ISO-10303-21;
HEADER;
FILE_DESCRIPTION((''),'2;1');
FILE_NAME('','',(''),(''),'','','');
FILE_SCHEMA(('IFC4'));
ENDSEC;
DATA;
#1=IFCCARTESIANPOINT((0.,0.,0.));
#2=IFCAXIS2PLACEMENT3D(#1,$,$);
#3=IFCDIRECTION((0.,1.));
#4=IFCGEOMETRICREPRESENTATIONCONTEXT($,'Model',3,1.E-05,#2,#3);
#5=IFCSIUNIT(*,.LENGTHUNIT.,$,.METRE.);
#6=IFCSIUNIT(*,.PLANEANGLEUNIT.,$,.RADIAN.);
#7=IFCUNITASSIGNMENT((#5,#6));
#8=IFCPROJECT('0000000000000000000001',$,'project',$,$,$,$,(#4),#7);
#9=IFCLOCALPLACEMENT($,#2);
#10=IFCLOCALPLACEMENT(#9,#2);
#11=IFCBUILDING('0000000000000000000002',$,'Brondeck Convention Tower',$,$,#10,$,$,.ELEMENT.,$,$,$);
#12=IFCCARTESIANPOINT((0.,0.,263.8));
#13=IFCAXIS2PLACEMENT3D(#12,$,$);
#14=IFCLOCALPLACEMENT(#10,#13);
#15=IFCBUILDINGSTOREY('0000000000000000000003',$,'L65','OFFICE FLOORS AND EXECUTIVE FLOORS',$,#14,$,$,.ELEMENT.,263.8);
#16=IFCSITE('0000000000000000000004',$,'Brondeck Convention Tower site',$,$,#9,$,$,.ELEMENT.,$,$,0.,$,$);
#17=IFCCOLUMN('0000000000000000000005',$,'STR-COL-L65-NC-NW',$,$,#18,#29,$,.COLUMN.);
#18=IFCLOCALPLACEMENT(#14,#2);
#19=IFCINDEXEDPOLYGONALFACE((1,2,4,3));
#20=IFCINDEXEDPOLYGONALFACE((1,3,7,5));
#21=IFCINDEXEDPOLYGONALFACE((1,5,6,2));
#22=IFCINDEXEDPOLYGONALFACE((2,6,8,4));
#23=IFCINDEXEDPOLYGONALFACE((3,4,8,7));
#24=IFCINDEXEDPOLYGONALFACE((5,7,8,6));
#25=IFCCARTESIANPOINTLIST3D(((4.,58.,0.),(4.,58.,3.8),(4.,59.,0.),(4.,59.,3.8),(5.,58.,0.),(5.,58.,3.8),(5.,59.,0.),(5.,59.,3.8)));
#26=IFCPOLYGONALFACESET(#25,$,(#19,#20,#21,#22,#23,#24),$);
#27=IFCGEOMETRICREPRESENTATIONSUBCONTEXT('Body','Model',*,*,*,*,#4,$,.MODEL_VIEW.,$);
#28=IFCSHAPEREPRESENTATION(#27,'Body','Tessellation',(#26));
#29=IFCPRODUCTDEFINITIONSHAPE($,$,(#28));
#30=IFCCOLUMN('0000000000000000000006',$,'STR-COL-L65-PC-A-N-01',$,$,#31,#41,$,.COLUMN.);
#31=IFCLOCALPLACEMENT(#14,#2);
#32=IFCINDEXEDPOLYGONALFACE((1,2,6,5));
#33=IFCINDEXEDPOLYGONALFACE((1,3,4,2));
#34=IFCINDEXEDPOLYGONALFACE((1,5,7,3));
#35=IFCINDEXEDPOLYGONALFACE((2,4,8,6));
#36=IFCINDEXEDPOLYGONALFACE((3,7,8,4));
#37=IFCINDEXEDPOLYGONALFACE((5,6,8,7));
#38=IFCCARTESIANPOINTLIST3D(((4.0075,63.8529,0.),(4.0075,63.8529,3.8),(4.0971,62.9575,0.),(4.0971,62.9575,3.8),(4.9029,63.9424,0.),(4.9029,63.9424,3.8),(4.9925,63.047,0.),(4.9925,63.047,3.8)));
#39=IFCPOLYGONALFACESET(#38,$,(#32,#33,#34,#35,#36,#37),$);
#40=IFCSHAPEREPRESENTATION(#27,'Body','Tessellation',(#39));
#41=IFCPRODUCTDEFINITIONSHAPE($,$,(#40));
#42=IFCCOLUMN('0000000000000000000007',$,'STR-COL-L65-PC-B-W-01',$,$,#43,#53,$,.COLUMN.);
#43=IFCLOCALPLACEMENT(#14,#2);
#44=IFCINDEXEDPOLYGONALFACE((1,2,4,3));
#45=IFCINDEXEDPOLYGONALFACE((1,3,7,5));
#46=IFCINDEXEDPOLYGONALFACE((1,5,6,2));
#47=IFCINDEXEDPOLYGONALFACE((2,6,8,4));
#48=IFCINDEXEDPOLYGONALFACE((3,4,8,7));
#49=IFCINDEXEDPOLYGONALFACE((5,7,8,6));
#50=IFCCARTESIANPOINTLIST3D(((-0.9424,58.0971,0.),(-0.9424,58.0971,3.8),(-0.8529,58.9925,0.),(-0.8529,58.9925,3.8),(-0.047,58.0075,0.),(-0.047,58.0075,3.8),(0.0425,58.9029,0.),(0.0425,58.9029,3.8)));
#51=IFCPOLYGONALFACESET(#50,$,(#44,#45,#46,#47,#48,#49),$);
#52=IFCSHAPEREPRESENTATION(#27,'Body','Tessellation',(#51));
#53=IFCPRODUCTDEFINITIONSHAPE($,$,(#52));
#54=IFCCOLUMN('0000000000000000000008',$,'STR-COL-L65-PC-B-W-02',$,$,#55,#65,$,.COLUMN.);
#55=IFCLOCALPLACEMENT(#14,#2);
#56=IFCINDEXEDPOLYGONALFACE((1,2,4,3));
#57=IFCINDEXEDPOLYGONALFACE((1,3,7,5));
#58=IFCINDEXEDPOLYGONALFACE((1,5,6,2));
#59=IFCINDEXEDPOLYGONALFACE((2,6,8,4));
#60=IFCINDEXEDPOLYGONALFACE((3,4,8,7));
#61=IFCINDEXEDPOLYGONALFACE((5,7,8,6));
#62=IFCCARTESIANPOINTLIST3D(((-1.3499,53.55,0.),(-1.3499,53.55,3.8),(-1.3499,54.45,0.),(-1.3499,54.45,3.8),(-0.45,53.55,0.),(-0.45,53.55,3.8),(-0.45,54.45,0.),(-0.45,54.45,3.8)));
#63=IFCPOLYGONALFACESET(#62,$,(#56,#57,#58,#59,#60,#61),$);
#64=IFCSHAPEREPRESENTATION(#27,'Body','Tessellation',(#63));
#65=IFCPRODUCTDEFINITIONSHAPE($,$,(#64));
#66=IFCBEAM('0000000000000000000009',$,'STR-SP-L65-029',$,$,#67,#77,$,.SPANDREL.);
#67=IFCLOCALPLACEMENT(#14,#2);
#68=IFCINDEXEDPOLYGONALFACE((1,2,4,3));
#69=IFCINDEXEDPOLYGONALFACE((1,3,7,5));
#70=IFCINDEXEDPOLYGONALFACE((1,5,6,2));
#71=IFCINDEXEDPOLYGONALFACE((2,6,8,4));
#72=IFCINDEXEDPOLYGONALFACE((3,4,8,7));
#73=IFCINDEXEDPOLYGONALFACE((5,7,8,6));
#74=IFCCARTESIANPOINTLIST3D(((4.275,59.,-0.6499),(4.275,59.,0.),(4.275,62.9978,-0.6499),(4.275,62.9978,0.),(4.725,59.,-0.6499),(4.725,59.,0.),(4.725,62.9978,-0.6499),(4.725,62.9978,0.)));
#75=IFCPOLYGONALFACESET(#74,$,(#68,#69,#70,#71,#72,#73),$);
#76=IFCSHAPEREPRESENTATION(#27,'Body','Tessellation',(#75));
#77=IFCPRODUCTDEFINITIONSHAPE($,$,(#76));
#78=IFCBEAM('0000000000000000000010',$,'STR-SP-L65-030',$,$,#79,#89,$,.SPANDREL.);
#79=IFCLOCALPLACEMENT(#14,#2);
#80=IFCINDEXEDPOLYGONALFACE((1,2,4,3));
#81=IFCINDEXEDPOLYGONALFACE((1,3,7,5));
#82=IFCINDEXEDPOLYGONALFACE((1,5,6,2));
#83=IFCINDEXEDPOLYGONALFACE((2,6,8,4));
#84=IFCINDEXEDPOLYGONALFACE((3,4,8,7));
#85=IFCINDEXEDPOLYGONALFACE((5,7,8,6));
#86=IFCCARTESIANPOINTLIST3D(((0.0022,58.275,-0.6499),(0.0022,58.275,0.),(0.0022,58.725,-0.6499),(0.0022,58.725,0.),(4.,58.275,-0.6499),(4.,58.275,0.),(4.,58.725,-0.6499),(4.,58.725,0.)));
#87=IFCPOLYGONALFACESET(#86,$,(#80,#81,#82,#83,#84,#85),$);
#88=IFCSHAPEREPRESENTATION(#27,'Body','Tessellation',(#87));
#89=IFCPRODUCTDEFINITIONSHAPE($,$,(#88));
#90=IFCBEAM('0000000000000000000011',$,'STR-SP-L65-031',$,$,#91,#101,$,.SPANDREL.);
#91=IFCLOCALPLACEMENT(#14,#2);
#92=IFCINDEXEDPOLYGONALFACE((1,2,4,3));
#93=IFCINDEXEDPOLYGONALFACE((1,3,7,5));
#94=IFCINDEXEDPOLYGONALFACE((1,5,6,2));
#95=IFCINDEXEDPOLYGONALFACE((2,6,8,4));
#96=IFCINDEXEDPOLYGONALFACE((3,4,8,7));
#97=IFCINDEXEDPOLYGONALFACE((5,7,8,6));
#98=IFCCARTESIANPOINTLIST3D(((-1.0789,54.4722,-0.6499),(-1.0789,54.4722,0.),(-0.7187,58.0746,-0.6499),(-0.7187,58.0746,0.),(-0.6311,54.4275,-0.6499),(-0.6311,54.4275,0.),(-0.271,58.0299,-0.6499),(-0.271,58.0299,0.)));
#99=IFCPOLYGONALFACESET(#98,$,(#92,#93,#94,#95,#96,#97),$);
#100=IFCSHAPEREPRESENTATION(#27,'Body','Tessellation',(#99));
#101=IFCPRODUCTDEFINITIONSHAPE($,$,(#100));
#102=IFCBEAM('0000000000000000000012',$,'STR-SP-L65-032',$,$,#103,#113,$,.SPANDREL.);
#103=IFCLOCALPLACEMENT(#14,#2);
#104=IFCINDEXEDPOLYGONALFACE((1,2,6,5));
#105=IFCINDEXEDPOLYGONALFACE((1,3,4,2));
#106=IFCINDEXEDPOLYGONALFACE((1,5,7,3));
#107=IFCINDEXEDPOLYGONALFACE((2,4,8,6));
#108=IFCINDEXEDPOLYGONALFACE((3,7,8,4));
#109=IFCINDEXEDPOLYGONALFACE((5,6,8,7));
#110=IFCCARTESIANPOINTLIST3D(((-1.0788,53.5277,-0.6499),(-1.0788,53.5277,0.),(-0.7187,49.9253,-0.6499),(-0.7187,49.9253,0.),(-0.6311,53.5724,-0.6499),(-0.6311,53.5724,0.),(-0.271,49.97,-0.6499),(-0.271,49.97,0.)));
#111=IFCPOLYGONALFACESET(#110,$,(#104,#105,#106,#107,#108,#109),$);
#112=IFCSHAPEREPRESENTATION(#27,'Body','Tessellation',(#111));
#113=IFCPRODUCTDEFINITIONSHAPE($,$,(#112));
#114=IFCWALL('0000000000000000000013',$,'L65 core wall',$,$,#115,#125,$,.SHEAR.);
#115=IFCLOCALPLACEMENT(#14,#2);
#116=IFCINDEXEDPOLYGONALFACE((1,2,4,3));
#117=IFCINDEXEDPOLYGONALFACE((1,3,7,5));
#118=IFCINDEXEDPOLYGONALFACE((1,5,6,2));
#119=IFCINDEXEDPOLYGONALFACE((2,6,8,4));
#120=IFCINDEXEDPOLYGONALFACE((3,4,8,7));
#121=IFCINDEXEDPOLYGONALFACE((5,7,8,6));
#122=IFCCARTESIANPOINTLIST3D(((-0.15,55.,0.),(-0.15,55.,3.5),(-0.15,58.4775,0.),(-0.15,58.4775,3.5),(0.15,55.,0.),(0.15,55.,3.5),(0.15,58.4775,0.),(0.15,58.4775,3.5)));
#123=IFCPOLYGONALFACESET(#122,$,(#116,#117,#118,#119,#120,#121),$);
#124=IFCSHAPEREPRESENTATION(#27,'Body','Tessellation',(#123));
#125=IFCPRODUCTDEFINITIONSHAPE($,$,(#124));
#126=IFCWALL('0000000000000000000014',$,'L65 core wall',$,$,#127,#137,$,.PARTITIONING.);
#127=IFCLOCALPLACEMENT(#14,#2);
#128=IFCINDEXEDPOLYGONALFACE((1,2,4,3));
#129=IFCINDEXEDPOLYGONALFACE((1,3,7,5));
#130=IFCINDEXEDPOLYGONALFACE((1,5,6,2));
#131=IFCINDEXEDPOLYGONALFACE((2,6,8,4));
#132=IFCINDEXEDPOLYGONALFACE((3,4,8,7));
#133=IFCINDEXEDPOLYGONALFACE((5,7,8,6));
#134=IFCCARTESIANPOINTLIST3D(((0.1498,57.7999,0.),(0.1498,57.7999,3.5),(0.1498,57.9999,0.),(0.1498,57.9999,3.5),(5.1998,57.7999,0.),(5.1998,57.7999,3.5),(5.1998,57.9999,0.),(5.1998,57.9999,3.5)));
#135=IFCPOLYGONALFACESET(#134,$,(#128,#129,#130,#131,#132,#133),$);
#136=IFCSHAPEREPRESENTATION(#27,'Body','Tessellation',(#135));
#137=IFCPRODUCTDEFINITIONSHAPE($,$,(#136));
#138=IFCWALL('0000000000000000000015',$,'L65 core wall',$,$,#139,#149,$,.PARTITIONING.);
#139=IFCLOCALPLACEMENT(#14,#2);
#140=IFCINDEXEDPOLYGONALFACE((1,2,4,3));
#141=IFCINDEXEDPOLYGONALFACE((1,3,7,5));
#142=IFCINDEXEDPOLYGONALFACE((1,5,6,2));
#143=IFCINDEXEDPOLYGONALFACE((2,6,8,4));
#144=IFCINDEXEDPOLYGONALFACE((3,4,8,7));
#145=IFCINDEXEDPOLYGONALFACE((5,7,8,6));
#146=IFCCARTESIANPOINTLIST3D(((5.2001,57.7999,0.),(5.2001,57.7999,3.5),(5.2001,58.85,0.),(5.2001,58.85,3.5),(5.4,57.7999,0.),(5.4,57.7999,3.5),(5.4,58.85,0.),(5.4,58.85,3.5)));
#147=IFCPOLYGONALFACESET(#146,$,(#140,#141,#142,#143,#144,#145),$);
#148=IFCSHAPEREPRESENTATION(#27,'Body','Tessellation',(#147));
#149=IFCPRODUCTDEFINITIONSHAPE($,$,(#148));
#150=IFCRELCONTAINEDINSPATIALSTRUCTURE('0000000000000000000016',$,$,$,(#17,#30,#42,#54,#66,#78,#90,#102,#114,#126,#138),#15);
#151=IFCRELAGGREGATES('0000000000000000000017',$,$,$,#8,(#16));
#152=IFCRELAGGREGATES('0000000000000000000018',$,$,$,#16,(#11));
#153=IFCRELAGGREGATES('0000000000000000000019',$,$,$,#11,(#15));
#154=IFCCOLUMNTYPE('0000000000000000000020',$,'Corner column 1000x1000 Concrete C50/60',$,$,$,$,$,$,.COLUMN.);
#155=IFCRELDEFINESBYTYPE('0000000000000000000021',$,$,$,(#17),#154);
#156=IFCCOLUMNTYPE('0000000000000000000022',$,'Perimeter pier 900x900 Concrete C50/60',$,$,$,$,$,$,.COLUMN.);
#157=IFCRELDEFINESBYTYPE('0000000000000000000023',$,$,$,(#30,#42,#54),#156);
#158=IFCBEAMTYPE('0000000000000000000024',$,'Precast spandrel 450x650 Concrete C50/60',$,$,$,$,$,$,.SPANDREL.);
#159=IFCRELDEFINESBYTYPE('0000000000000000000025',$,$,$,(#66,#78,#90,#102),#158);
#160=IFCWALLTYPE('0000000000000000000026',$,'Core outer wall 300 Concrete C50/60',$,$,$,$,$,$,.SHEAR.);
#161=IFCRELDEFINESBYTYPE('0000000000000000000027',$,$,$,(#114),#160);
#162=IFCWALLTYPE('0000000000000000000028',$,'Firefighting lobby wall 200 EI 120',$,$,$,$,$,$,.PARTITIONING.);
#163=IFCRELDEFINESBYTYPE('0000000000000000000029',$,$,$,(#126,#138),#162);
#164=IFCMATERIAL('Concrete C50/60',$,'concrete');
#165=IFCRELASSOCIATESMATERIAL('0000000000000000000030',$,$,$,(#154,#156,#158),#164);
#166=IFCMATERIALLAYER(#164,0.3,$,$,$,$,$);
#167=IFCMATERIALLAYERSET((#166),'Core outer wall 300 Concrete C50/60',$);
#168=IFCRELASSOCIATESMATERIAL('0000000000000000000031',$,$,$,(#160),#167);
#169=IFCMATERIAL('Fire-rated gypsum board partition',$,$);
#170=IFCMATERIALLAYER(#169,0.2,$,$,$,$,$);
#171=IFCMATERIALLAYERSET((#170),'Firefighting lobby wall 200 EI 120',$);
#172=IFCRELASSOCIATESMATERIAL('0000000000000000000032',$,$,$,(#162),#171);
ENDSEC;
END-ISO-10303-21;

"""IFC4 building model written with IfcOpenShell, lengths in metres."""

from ifc_helpers import new_model, si_unit, direction, frame, frame_2d, origin, origin_2d, place, context, subcontext, project, spatial, rectangle, extrude, material, layer, layer_set, material_profile, profile_set, type_object, element, save


model = new_model("IFC4")

# Units and contexts
model_context = context("Model", 3, precision=1e-05, world=origin(), true_north=direction((0.0, 1.0)))
body_context = subcontext(model_context, "Body", "Model", "MODEL_VIEW")
ifc_project = project(units=[si_unit("LENGTHUNIT", "METRE"), si_unit("PLANEANGLEUNIT", "RADIAN")], contexts=[model_context])

# Site, building, storey
site_placement = place(None, origin())
site = spatial("IfcSite", under=ifc_project, at=site_placement, Name="Brondeck Convention Tower site", CompositionType="ELEMENT", RefElevation=0.0)
building_placement = place(site_placement, origin())
building = spatial("IfcBuilding", under=site, at=building_placement, Name="Brondeck Convention Tower", CompositionType="ELEMENT")
storey_placement = place(building_placement, frame((0.0, 0.0, 263.8)))
storey = spatial("IfcBuildingStorey", under=building, at=storey_placement, Name="L65", Description="OFFICE FLOORS AND EXECUTIVE FLOORS", CompositionType="ELEMENT", Elevation=263.8)

# Columns
ifc_material_1 = material(Name="Concrete C50/60", Category="concrete")
ifc_material_profile_1 = material_profile(ifc_material_1, rectangle(XDim=1.0, YDim=1.0, at=origin_2d()), Name="Corner column 1000x1000 Concrete C50/60")
ifc_profile_set_1 = profile_set([ifc_material_profile_1], Name="Concrete C50/60")
column_type_1 = type_object("IfcColumnType", Name="Corner column 1000x1000 Concrete C50/60", PredefinedType="COLUMN", material=ifc_profile_set_1)
column_placement = place(storey_placement, frame((4.5, 58.5, 0.0), z_axis=(0.0, 0.0, 1.0), x_axis=(1.0, 0.0, 0.0)))
element("IfcColumn", 1, at=column_placement, inside=storey, type_object=column_type_1, Name="STR-COL-L65-NC-NW", PredefinedType="COLUMN", context=body_context, shape_type="SweptSolid", body=[
    extrude(rectangle(XDim=1.0, YDim=1.0, at=origin_2d()), origin(), (0.0, 0.0, 1.0), 3.8),
])
ifc_material_profile_2 = material_profile(ifc_material_1, rectangle(XDim=0.8999, YDim=0.8999, at=origin_2d()), Name="Perimeter pier 900x900 Concrete C50/60")
ifc_profile_set_2 = profile_set([ifc_material_profile_2], Name="Concrete C50/60")
column_type_2 = type_object("IfcColumnType", Name="Perimeter pier 900x900 Concrete C50/60", PredefinedType="COLUMN", material=ifc_profile_set_2)
for number, where, z_axis, x_axis, name in (
    (2, (4.5, 63.45, 0.0), (0.0, 0.0, 1.0), (-0.995037, -0.099504, 0.0), "STR-COL-L65-PC-A-N-01"),
    (3, (-0.45, 58.5, 0.0), (0.0, 0.0, 1.0), (-0.099504, -0.995037, 0.0), "STR-COL-L65-PC-B-W-01"),
    (4, (-0.8999, 54.0, 0.0), (0.0, 0.0, 1.0), (0.0, -1.0, 0.0), "STR-COL-L65-PC-B-W-02"),
):
    element("IfcColumn", number, at=place(storey_placement, frame(where, z_axis=z_axis, x_axis=x_axis)), inside=storey, type_object=column_type_2, Name=name, PredefinedType="COLUMN", context=body_context, shape_type="SweptSolid", body=[
        extrude(rectangle(XDim=0.8999, YDim=0.8999, at=origin_2d()), origin(), (0.0, 0.0, 1.0), 3.8),
    ])

# Beams
ifc_material_profile_3 = material_profile(ifc_material_1, rectangle(XDim=0.45, YDim=0.6499, at=origin_2d()), Name="Precast spandrel 450x650 Concrete C50/60")
ifc_profile_set_3 = profile_set([ifc_material_profile_3], Name="Concrete C50/60")
beam_type = type_object("IfcBeamType", Name="Precast spandrel 450x650 Concrete C50/60", PredefinedType="SPANDREL", material=ifc_profile_set_3)
for number, where, z_axis, x_axis, name in (
    (5, (4.5, 62.9978, -0.325), (0.0, -1.0, 0.0), (1.0, 0.0, 0.0), "STR-SP-L65-029"),
    (6, (4.0, 58.5, -0.325), (-1.0, 0.0, 0.0), (0.0, -1.0, 0.0), "STR-SP-L65-030"),
):
    element("IfcBeam", number, at=place(storey_placement, frame(where, z_axis=z_axis, x_axis=x_axis)), inside=storey, type_object=beam_type, Name=name, PredefinedType="SPANDREL", context=body_context, shape_type="SweptSolid", body=[
        extrude(rectangle(XDim=0.45, YDim=0.6499, at=origin_2d()), origin(), (0.0, 0.0, 1.0), 3.9978),
    ])
for number, where, z_axis, x_axis, name in (
    (7, (-0.4949, 58.0522, -0.325), (-0.09947, -0.995041, 0.0), (0.995041, -0.09947, 0.0), "STR-SP-L65-031"),
    (8, (-0.855, 53.55, -0.325), (0.09947, -0.995041, 0.0), (0.995041, 0.09947, 0.0), "STR-SP-L65-032"),
):
    element("IfcBeam", number, at=place(storey_placement, frame(where, z_axis=z_axis, x_axis=x_axis)), inside=storey, type_object=beam_type, Name=name, PredefinedType="SPANDREL", context=body_context, shape_type="SweptSolid", body=[
        extrude(rectangle(XDim=0.45, YDim=0.6499, at=origin_2d()), origin(), (0.0, 0.0, 1.0), 3.6204),
    ])

# Walls
ifc_layer_1 = layer(ifc_material_1, 0.3)
ifc_layer_set_1 = layer_set([ifc_layer_1], Name="Core outer wall 300 Concrete C50/60")
wall_type_1 = type_object("IfcWallType", Name="Core outer wall 300 Concrete C50/60", PredefinedType="SHEAR", material=ifc_layer_set_1)
wall_1_placement = place(storey_placement, frame((0.0, 55.0, 0.0), z_axis=(0.0, 0.0, 1.0), x_axis=(0.0, 1.0, 0.0)))
element("IfcWall", 9, at=wall_1_placement, inside=storey, type_object=wall_type_1, Name="L65 core wall", PredefinedType="SHEAR", context=body_context, shape_type="SweptSolid", body=[
    extrude(rectangle(XDim=3.4775, YDim=0.3, at=frame_2d((1.7388, 0.0))), origin(), (0.0, 0.0, 1.0), 3.5),
])
ifc_material_2 = material(Name="Fire-rated gypsum board partition")
ifc_layer_2 = layer(ifc_material_2, 0.2)
ifc_layer_set_2 = layer_set([ifc_layer_2], Name="Firefighting lobby wall 200 EI 120")
wall_type_2 = type_object("IfcWallType", Name="Firefighting lobby wall 200 EI 120", PredefinedType="PARTITIONING", material=ifc_layer_set_2)
wall_2_placement = place(storey_placement, frame((0.1499, 57.8999, 0.0), z_axis=(0.0, 0.0, 1.0), x_axis=(1.0, 0.0, 0.0)))
element("IfcWall", 10, at=wall_2_placement, inside=storey, type_object=wall_type_2, Name="L65 core wall", PredefinedType="PARTITIONING", context=body_context, shape_type="SweptSolid", body=[
    extrude(rectangle(XDim=5.05, YDim=0.2, at=frame_2d((2.5249, 0.0))), origin(), (0.0, 0.0, 1.0), 3.5),
])
wall_3_placement = place(storey_placement, frame((5.3, 57.8, 0.0), z_axis=(0.0, 0.0, 1.0), x_axis=(0.0, 1.0, 0.0)))
element("IfcWall", 11, at=wall_3_placement, inside=storey, type_object=wall_type_2, Name="L65 core wall", PredefinedType="PARTITIONING", context=body_context, shape_type="SweptSolid", body=[
    extrude(rectangle(XDim=1.05, YDim=0.2, at=frame_2d((0.5249, 0.0))), origin(), (0.0, 0.0, 1.0), 3.5),
])

save(model, "model.ifc")
